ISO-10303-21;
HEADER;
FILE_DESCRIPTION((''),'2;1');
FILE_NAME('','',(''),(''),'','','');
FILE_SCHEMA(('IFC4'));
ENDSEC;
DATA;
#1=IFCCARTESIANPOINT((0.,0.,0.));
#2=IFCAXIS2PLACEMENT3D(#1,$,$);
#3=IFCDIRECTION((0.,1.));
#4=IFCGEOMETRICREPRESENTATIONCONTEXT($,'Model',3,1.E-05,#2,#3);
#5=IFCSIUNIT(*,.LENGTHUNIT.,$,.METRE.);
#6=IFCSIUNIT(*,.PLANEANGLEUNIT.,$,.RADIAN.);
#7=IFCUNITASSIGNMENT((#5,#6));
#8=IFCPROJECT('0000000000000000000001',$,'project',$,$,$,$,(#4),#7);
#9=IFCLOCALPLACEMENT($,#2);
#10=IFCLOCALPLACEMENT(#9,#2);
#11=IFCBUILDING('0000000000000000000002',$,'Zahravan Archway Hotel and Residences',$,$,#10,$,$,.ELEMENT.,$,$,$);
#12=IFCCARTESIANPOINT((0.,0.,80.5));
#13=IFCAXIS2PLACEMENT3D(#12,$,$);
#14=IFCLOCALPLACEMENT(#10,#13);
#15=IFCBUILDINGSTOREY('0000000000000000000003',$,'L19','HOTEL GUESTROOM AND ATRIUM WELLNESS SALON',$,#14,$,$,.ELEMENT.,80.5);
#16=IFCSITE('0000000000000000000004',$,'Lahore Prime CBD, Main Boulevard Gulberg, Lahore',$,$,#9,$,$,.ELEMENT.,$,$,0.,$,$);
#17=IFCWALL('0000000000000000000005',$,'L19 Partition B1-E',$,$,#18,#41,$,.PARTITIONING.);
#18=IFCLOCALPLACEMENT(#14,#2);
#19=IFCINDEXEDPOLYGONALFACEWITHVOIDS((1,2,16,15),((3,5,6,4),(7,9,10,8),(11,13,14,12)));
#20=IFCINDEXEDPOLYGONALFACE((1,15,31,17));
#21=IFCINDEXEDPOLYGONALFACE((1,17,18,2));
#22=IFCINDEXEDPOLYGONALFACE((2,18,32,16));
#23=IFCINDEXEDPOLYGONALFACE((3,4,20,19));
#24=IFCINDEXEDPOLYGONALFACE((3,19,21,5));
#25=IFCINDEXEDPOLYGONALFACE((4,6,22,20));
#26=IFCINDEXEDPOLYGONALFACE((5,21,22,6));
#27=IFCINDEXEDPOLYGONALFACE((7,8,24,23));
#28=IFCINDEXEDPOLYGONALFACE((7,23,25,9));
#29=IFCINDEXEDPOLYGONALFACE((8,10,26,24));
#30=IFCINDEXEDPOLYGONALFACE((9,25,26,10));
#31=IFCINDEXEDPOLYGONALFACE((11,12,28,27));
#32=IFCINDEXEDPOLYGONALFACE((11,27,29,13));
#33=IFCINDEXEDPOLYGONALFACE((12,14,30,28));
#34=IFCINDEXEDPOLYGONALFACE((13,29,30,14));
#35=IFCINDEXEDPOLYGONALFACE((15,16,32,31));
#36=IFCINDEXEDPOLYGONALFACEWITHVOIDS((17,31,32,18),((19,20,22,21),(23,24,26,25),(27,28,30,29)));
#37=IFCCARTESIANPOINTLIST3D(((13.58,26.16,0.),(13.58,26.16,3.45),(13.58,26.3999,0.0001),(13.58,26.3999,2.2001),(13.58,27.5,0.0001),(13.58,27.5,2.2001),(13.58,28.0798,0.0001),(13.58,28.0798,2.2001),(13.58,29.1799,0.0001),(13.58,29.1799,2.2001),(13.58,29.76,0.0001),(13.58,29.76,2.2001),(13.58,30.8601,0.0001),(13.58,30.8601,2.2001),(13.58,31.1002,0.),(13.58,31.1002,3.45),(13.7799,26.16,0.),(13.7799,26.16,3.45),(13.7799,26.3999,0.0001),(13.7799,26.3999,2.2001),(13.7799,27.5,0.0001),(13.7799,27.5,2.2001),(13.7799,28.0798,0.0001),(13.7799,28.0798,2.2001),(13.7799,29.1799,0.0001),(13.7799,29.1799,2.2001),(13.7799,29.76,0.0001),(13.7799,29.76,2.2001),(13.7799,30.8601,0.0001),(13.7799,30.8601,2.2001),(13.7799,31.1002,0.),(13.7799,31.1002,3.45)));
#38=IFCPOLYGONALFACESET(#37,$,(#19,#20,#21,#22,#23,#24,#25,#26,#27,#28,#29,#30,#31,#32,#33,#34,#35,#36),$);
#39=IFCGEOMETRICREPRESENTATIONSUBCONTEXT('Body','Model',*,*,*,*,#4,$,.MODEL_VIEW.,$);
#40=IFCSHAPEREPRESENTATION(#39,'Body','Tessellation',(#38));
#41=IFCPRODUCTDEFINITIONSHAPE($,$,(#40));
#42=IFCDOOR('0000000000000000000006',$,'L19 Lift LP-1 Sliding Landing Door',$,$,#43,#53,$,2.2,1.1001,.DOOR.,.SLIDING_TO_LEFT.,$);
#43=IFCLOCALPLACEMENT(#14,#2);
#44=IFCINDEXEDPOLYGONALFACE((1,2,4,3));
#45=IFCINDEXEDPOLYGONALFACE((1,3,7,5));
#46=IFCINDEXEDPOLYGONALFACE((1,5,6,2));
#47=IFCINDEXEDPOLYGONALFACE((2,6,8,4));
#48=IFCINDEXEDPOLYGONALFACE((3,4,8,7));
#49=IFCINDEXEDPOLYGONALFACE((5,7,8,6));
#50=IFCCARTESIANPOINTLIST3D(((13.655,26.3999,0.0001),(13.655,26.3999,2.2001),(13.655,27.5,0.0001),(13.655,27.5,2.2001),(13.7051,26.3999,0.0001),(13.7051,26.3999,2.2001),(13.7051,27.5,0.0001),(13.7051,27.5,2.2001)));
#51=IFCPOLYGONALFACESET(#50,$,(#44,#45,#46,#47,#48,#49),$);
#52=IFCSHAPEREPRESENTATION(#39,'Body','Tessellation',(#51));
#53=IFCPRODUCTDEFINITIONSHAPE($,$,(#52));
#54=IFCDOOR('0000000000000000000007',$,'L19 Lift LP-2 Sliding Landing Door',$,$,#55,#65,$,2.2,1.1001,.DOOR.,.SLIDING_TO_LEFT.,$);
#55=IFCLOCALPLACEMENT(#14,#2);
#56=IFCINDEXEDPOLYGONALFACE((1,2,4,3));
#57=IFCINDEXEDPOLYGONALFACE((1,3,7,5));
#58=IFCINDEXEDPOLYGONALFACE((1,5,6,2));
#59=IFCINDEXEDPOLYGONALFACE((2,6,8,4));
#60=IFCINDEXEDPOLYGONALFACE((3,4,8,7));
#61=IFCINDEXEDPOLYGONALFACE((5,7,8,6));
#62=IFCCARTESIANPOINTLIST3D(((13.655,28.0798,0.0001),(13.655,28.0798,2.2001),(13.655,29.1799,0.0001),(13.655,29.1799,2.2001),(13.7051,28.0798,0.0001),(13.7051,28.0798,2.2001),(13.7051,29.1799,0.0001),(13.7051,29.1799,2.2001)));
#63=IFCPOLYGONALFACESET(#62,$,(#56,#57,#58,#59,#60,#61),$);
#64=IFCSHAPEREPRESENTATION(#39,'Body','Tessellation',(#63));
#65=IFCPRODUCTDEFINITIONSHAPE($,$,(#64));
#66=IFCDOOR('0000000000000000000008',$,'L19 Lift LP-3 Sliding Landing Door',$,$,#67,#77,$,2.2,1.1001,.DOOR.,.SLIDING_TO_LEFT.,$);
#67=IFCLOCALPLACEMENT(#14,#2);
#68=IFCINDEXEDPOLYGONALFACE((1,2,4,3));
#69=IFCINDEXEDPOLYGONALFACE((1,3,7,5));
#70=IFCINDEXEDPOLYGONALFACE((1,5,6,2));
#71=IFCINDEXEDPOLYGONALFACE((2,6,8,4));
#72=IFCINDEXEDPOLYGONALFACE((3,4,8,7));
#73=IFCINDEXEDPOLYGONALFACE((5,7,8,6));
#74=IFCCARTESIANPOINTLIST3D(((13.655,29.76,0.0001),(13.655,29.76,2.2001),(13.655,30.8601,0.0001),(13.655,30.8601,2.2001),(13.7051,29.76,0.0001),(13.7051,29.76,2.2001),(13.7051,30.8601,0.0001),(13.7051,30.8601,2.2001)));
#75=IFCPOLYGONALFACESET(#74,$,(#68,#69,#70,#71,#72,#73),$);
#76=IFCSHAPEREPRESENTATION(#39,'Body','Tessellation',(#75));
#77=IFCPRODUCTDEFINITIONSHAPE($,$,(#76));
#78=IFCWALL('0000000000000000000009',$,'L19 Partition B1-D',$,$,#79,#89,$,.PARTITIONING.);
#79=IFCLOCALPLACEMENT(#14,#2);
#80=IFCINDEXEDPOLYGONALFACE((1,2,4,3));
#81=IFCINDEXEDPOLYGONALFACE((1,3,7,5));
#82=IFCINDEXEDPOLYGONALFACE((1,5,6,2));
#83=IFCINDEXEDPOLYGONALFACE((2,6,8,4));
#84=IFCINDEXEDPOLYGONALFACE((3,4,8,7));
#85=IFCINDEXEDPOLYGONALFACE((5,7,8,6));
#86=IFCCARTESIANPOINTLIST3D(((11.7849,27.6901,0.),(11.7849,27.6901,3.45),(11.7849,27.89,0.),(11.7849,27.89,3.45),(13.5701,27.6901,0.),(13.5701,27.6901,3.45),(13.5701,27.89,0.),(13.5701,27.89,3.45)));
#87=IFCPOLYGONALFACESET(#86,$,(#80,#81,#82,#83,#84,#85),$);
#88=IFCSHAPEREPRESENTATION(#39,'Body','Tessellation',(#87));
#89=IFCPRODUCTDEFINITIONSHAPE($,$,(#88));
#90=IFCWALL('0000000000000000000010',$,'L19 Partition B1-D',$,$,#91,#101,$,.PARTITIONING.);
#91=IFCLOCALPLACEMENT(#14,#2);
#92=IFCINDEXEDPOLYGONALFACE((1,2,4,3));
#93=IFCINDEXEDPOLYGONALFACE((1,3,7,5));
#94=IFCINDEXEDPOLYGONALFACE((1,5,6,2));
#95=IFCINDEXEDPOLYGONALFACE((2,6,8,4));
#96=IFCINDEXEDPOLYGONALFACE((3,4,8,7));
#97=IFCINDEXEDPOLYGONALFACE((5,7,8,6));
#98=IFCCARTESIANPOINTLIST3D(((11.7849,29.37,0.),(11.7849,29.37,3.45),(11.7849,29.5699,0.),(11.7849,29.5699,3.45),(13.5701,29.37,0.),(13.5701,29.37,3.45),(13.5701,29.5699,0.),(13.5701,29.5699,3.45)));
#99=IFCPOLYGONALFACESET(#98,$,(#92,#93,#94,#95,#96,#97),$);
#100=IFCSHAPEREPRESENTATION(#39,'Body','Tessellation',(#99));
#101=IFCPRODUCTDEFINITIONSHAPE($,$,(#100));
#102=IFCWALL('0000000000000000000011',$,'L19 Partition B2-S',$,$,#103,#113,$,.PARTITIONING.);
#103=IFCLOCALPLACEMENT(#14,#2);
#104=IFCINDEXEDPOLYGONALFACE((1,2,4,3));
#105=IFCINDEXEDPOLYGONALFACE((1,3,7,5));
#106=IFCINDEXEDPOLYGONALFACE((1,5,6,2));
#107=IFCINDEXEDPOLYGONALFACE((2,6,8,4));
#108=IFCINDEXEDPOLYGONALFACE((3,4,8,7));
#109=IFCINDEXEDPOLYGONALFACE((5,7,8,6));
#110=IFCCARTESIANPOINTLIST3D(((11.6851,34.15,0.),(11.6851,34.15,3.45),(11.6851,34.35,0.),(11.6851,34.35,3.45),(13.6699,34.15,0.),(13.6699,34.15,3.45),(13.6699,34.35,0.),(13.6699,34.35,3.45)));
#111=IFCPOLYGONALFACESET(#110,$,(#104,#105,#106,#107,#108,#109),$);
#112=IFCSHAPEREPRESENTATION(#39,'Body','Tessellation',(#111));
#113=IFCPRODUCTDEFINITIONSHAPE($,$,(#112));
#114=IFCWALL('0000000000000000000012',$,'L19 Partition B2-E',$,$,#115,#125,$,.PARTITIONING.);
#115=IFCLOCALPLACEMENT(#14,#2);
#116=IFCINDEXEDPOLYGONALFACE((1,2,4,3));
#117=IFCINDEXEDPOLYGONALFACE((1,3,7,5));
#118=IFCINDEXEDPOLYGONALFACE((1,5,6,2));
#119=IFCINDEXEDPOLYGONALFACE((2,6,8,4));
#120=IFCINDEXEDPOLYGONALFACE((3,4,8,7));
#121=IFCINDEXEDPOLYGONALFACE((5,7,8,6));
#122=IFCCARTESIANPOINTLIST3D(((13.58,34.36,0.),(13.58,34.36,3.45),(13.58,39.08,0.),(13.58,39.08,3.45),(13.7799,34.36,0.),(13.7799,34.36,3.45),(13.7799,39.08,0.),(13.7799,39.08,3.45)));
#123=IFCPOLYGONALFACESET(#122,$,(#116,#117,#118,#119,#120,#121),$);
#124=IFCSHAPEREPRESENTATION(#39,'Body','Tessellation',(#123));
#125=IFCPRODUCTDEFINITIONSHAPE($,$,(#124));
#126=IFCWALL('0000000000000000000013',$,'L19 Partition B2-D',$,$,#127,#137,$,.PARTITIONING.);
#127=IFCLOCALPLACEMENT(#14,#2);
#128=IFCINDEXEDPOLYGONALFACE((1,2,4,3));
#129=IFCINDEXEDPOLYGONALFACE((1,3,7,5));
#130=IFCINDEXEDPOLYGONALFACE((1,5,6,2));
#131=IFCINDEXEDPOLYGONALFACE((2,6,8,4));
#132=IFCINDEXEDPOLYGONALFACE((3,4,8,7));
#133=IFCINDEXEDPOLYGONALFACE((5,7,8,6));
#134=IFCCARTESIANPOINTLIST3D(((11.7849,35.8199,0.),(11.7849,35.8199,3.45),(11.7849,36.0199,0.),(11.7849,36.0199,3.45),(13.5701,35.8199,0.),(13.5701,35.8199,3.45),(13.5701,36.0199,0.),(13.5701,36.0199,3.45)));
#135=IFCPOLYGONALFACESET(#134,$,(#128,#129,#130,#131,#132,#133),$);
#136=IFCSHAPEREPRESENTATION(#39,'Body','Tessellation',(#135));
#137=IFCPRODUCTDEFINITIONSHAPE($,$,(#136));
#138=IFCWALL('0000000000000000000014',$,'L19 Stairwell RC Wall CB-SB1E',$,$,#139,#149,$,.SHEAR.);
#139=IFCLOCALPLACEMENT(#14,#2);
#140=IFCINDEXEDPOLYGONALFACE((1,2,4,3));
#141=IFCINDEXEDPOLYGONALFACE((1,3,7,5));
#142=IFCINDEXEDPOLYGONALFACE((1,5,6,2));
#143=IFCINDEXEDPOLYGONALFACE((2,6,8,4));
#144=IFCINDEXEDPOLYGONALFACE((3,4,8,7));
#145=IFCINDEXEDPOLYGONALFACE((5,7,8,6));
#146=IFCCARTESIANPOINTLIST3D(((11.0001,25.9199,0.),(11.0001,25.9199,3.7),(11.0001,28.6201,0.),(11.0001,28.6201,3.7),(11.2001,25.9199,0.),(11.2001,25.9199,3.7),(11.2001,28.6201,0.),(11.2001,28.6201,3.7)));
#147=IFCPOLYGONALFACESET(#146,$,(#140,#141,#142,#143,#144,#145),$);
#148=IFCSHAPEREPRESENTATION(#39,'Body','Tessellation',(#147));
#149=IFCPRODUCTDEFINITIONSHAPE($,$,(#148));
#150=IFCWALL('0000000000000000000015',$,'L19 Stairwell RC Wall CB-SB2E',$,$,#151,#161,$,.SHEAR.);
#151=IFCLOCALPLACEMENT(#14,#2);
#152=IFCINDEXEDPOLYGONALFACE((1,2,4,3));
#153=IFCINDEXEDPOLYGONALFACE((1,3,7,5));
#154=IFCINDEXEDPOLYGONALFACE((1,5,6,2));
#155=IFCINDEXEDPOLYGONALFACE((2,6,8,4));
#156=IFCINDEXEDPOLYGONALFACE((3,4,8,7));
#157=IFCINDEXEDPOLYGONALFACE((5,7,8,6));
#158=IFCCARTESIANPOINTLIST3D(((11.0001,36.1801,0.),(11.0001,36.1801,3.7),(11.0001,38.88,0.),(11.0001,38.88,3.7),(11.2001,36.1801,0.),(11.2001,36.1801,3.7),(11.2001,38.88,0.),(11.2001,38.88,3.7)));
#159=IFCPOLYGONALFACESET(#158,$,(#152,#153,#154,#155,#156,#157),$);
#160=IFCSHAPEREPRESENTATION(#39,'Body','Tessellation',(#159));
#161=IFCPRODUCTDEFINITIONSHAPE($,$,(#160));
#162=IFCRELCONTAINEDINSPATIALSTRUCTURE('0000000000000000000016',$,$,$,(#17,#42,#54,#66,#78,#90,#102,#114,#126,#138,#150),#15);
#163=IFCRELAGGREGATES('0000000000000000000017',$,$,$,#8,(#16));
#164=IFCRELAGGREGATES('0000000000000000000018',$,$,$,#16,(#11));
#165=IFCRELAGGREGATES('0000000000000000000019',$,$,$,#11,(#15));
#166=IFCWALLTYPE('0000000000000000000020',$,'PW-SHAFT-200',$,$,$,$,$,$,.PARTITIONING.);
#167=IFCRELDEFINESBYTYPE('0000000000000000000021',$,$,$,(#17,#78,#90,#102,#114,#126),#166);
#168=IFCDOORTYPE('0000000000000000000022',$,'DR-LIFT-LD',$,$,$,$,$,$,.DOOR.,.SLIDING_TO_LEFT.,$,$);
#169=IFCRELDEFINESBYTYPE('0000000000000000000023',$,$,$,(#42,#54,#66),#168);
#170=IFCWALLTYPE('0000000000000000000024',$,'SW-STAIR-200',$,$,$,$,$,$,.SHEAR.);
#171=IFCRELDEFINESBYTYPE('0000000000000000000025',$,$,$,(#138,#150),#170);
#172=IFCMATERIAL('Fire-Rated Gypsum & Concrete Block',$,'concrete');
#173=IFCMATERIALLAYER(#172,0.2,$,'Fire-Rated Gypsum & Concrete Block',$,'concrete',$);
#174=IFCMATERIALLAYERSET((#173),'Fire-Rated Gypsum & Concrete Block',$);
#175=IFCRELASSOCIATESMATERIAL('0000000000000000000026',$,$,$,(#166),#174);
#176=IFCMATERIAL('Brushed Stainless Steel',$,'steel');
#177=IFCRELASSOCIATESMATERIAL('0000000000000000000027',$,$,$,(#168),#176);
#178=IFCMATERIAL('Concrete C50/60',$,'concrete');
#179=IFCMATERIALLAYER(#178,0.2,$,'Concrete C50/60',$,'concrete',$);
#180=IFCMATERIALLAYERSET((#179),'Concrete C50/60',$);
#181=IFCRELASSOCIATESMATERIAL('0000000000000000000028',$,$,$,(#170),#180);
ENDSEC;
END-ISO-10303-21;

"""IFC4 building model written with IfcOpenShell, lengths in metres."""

from ifc_helpers import new_model, si_unit, direction, frame, frame_2d, origin, place, context, subcontext, project, spatial, rectangle, extrude, source, transform, mapped, material, layer, layer_set, type_object, type_shapes, element, fill, save


model = new_model("IFC4")

# Units and contexts
model_context = context("Model", 3, precision=1e-05, world=origin(), true_north=direction((0.0, 1.0)))
body_context = subcontext(model_context, "Body", "Model", "MODEL_VIEW")
ifc_project = project(units=[si_unit("LENGTHUNIT", "METRE"), si_unit("PLANEANGLEUNIT", "RADIAN")], contexts=[model_context])

# Site, building, storey
site_placement = place(None, origin())
site = spatial("IfcSite", under=ifc_project, at=site_placement, Name="Lahore Prime CBD, Main Boulevard Gulberg, Lahore", CompositionType="ELEMENT", RefElevation=0.0)
building_placement = place(site_placement, origin())
building = spatial("IfcBuilding", under=site, at=building_placement, Name="Zahravan Archway Hotel and Residences", CompositionType="ELEMENT")
storey_placement = place(building_placement, frame((0.0, 0.0, 80.5)))
storey = spatial("IfcBuildingStorey", under=building, at=storey_placement, Name="L19", Description="HOTEL GUESTROOM AND ATRIUM WELLNESS SALON", CompositionType="ELEMENT", Elevation=80.5)

# Shared definitions
ifc_material_1 = material(Name="Fire-Rated Gypsum & Concrete Block", Category="concrete")
ifc_layer_1 = layer(ifc_material_1, 0.2, Name="Fire-Rated Gypsum & Concrete Block", Category="concrete")
ifc_layer_set_1 = layer_set([ifc_layer_1], Name="Fire-Rated Gypsum & Concrete Block")
wall_type_1 = type_object("IfcWallType", Name="PW-SHAFT-200", PredefinedType="PARTITIONING", material=ifc_layer_set_1)

# Wall, openings, doors
wall_1_placement = place(storey_placement, frame((13.6799, 26.1599, 0.0), z_axis=(0.0, 0.0, 1.0), x_axis=(0.0, 1.0, 0.0)))
wall_1 = element("IfcWall", 1, at=wall_1_placement, inside=storey, type_object=wall_type_1, Name="L19 Partition B1-E", PredefinedType="PARTITIONING", context=body_context, shape_type="SweptSolid", body=[
    extrude(rectangle(XDim=4.9402, YDim=0.2, at=frame_2d((2.4702, 0.0))), origin(), (0.0, 0.0, 1.0), 3.45),
])
opening_1_placement = place(wall_1_placement, frame((0.24, 0.0, 0.0)))
opening_1 = element("IfcOpeningElement", 2, at=opening_1_placement, cuts=wall_1, PredefinedType="OPENING", context=body_context, shape_type="SweptSolid", body=[
    extrude(rectangle(XDim=1.1001, YDim=2.2, at=frame_2d((0.55, 1.1001))), frame((0.0, 0.1099, 0.0), z_axis=(0.0, -1.0, 0.0), x_axis=(1.0, 0.0, 0.0)), (0.0, 0.0, 1.0), 0.22),
])
opening_2_placement = place(wall_1_placement, frame((1.9199, 0.0, 0.0)))
opening_2 = element("IfcOpeningElement", 3, at=opening_2_placement, cuts=wall_1, PredefinedType="OPENING", context=body_context, shape_type="SweptSolid", body=[
    extrude(rectangle(XDim=1.1001, YDim=2.2, at=frame_2d((0.55, 1.1001))), frame((0.0, 0.1099, 0.0), z_axis=(0.0, -1.0, 0.0), x_axis=(1.0, 0.0, 0.0)), (0.0, 0.0, 1.0), 0.22),
])
opening_3_placement = place(wall_1_placement, frame((3.6001, 0.0, 0.0)))
opening_3 = element("IfcOpeningElement", 4, at=opening_3_placement, cuts=wall_1, PredefinedType="OPENING", context=body_context, shape_type="SweptSolid", body=[
    extrude(rectangle(XDim=1.1001, YDim=2.2, at=frame_2d((0.55, 1.1001))), frame((0.0, 0.1099, 0.0), z_axis=(0.0, -1.0, 0.0), x_axis=(1.0, 0.0, 0.0)), (0.0, 0.0, 1.0), 0.22),
])
ifc_material_2 = material(Name="Brushed Stainless Steel", Category="steel")
door_type = type_object("IfcDoorType", Name="DR-LIFT-LD", OperationType="SLIDING_TO_LEFT", PredefinedType="DOOR", material=ifc_material_2)
shared_shape_1 = source(origin(), body_context, "Body", "SweptSolid", [
    extrude(rectangle(XDim=1.1001, YDim=2.2, at=frame_2d((0.55, 1.1001))), frame((0.0, 0.0249, 0.0), z_axis=(0.0, -1.0, 0.0), x_axis=(1.0, 0.0, 0.0)), (0.0, 0.0, 1.0), 0.05),
])
type_shapes(door_type, [shared_shape_1])
door_1_placement = place(opening_1_placement, origin())
door_1 = element("IfcDoor", 5, at=door_1_placement, inside=storey, type_object=door_type, Name="L19 Lift LP-1 Sliding Landing Door", OperationType="SLIDING_TO_LEFT", OverallHeight=2.2, OverallWidth=1.1001, PredefinedType="DOOR", context=body_context, shape_type="MappedRepresentation", body=[
    mapped(shared_shape_1, transform((0.0, 0.0, 0.0), scale=1.0)),
])
fill(opening_1, door_1)
door_2_placement = place(opening_2_placement, origin())
door_2 = element("IfcDoor", 6, at=door_2_placement, inside=storey, type_object=door_type, Name="L19 Lift LP-2 Sliding Landing Door", OperationType="SLIDING_TO_LEFT", OverallHeight=2.2, OverallWidth=1.1001, PredefinedType="DOOR", context=body_context, shape_type="MappedRepresentation", body=[
    mapped(shared_shape_1, transform((0.0, 0.0, 0.0), scale=1.0)),
])
fill(opening_2, door_2)
door_3_placement = place(opening_3_placement, origin())
door_3 = element("IfcDoor", 7, at=door_3_placement, inside=storey, type_object=door_type, Name="L19 Lift LP-3 Sliding Landing Door", OperationType="SLIDING_TO_LEFT", OverallHeight=2.2, OverallWidth=1.1001, PredefinedType="DOOR", context=body_context, shape_type="MappedRepresentation", body=[
    mapped(shared_shape_1, transform((0.0, 0.0, 0.0), scale=1.0)),
])
fill(opening_3, door_3)

# Walls
for number, where, z_axis, x_axis, name in (
    (8, (11.7849, 27.79, 0.0), (0.0, 0.0, 1.0), (1.0, 0.0, 0.0), "L19 Partition B1-D"),
    (9, (11.7849, 29.47, 0.0), (0.0, 0.0, 1.0), (1.0, 0.0, 0.0), "L19 Partition B1-D"),
):
    element("IfcWall", number, at=place(storey_placement, frame(where, z_axis=z_axis, x_axis=x_axis)), inside=storey, type_object=wall_type_1, Name=name, PredefinedType="PARTITIONING", context=body_context, shape_type="SweptSolid", body=[
        extrude(rectangle(XDim=1.7852, YDim=0.2, at=frame_2d((0.8926, 0.0))), origin(), (0.0, 0.0, 1.0), 3.45),
    ])
wall_2_placement = place(storey_placement, frame((11.6851, 34.25, 0.0), z_axis=(0.0, 0.0, 1.0), x_axis=(1.0, 0.0, 0.0)))
element("IfcWall", 10, at=wall_2_placement, inside=storey, type_object=wall_type_1, Name="L19 Partition B2-S", PredefinedType="PARTITIONING", context=body_context, shape_type="SweptSolid", body=[
    extrude(rectangle(XDim=1.9849, YDim=0.2, at=frame_2d((0.9924, 0.0))), origin(), (0.0, 0.0, 1.0), 3.45),
])
wall_3_placement = place(storey_placement, frame((13.6799, 34.3601, 0.0), z_axis=(0.0, 0.0, 1.0), x_axis=(0.0, 1.0, 0.0)))
element("IfcWall", 11, at=wall_3_placement, inside=storey, type_object=wall_type_1, Name="L19 Partition B2-E", PredefinedType="PARTITIONING", context=body_context, shape_type="SweptSolid", body=[
    extrude(rectangle(XDim=4.72, YDim=0.2, at=frame_2d((2.3599, 0.0))), origin(), (0.0, 0.0, 1.0), 3.45),
])
wall_4_placement = place(storey_placement, frame((11.7849, 35.9199, 0.0), z_axis=(0.0, 0.0, 1.0), x_axis=(1.0, 0.0, 0.0)))
element("IfcWall", 12, at=wall_4_placement, inside=storey, type_object=wall_type_1, Name="L19 Partition B2-D", PredefinedType="PARTITIONING", context=body_context, shape_type="SweptSolid", body=[
    extrude(rectangle(XDim=1.7852, YDim=0.2, at=frame_2d((0.8926, 0.0))), origin(), (0.0, 0.0, 1.0), 3.45),
])
ifc_material_3 = material(Name="Concrete C50/60", Category="concrete")
ifc_layer_2 = layer(ifc_material_3, 0.2, Name="Concrete C50/60", Category="concrete")
ifc_layer_set_2 = layer_set([ifc_layer_2], Name="Concrete C50/60")
wall_type_2 = type_object("IfcWallType", Name="SW-STAIR-200", PredefinedType="SHEAR", material=ifc_layer_set_2)
wall_5_placement = place(storey_placement, frame((11.1001, 25.9199, 0.0), z_axis=(0.0, 0.0, 1.0), x_axis=(0.0, 1.0, 0.0)))
element("IfcWall", 13, at=wall_5_placement, inside=storey, type_object=wall_type_2, Name="L19 Stairwell RC Wall CB-SB1E", PredefinedType="SHEAR", context=body_context, shape_type="SweptSolid", body=[
    extrude(rectangle(XDim=2.7002, YDim=0.2, at=frame_2d((1.3501, 0.0))), origin(), (0.0, 0.0, 1.0), 3.7),
])
wall_6_placement = place(storey_placement, frame((11.1001, 36.1799, 0.0), z_axis=(0.0, 0.0, 1.0), x_axis=(0.0, 1.0, 0.0)))
element("IfcWall", 14, at=wall_6_placement, inside=storey, type_object=wall_type_2, Name="L19 Stairwell RC Wall CB-SB2E", PredefinedType="SHEAR", context=body_context, shape_type="SweptSolid", body=[
    extrude(rectangle(XDim=2.7, YDim=0.2, at=frame_2d((1.3501, 0.0))), origin(), (0.0, 0.0, 1.0), 3.7),
])

save(model, "model.ifc")
